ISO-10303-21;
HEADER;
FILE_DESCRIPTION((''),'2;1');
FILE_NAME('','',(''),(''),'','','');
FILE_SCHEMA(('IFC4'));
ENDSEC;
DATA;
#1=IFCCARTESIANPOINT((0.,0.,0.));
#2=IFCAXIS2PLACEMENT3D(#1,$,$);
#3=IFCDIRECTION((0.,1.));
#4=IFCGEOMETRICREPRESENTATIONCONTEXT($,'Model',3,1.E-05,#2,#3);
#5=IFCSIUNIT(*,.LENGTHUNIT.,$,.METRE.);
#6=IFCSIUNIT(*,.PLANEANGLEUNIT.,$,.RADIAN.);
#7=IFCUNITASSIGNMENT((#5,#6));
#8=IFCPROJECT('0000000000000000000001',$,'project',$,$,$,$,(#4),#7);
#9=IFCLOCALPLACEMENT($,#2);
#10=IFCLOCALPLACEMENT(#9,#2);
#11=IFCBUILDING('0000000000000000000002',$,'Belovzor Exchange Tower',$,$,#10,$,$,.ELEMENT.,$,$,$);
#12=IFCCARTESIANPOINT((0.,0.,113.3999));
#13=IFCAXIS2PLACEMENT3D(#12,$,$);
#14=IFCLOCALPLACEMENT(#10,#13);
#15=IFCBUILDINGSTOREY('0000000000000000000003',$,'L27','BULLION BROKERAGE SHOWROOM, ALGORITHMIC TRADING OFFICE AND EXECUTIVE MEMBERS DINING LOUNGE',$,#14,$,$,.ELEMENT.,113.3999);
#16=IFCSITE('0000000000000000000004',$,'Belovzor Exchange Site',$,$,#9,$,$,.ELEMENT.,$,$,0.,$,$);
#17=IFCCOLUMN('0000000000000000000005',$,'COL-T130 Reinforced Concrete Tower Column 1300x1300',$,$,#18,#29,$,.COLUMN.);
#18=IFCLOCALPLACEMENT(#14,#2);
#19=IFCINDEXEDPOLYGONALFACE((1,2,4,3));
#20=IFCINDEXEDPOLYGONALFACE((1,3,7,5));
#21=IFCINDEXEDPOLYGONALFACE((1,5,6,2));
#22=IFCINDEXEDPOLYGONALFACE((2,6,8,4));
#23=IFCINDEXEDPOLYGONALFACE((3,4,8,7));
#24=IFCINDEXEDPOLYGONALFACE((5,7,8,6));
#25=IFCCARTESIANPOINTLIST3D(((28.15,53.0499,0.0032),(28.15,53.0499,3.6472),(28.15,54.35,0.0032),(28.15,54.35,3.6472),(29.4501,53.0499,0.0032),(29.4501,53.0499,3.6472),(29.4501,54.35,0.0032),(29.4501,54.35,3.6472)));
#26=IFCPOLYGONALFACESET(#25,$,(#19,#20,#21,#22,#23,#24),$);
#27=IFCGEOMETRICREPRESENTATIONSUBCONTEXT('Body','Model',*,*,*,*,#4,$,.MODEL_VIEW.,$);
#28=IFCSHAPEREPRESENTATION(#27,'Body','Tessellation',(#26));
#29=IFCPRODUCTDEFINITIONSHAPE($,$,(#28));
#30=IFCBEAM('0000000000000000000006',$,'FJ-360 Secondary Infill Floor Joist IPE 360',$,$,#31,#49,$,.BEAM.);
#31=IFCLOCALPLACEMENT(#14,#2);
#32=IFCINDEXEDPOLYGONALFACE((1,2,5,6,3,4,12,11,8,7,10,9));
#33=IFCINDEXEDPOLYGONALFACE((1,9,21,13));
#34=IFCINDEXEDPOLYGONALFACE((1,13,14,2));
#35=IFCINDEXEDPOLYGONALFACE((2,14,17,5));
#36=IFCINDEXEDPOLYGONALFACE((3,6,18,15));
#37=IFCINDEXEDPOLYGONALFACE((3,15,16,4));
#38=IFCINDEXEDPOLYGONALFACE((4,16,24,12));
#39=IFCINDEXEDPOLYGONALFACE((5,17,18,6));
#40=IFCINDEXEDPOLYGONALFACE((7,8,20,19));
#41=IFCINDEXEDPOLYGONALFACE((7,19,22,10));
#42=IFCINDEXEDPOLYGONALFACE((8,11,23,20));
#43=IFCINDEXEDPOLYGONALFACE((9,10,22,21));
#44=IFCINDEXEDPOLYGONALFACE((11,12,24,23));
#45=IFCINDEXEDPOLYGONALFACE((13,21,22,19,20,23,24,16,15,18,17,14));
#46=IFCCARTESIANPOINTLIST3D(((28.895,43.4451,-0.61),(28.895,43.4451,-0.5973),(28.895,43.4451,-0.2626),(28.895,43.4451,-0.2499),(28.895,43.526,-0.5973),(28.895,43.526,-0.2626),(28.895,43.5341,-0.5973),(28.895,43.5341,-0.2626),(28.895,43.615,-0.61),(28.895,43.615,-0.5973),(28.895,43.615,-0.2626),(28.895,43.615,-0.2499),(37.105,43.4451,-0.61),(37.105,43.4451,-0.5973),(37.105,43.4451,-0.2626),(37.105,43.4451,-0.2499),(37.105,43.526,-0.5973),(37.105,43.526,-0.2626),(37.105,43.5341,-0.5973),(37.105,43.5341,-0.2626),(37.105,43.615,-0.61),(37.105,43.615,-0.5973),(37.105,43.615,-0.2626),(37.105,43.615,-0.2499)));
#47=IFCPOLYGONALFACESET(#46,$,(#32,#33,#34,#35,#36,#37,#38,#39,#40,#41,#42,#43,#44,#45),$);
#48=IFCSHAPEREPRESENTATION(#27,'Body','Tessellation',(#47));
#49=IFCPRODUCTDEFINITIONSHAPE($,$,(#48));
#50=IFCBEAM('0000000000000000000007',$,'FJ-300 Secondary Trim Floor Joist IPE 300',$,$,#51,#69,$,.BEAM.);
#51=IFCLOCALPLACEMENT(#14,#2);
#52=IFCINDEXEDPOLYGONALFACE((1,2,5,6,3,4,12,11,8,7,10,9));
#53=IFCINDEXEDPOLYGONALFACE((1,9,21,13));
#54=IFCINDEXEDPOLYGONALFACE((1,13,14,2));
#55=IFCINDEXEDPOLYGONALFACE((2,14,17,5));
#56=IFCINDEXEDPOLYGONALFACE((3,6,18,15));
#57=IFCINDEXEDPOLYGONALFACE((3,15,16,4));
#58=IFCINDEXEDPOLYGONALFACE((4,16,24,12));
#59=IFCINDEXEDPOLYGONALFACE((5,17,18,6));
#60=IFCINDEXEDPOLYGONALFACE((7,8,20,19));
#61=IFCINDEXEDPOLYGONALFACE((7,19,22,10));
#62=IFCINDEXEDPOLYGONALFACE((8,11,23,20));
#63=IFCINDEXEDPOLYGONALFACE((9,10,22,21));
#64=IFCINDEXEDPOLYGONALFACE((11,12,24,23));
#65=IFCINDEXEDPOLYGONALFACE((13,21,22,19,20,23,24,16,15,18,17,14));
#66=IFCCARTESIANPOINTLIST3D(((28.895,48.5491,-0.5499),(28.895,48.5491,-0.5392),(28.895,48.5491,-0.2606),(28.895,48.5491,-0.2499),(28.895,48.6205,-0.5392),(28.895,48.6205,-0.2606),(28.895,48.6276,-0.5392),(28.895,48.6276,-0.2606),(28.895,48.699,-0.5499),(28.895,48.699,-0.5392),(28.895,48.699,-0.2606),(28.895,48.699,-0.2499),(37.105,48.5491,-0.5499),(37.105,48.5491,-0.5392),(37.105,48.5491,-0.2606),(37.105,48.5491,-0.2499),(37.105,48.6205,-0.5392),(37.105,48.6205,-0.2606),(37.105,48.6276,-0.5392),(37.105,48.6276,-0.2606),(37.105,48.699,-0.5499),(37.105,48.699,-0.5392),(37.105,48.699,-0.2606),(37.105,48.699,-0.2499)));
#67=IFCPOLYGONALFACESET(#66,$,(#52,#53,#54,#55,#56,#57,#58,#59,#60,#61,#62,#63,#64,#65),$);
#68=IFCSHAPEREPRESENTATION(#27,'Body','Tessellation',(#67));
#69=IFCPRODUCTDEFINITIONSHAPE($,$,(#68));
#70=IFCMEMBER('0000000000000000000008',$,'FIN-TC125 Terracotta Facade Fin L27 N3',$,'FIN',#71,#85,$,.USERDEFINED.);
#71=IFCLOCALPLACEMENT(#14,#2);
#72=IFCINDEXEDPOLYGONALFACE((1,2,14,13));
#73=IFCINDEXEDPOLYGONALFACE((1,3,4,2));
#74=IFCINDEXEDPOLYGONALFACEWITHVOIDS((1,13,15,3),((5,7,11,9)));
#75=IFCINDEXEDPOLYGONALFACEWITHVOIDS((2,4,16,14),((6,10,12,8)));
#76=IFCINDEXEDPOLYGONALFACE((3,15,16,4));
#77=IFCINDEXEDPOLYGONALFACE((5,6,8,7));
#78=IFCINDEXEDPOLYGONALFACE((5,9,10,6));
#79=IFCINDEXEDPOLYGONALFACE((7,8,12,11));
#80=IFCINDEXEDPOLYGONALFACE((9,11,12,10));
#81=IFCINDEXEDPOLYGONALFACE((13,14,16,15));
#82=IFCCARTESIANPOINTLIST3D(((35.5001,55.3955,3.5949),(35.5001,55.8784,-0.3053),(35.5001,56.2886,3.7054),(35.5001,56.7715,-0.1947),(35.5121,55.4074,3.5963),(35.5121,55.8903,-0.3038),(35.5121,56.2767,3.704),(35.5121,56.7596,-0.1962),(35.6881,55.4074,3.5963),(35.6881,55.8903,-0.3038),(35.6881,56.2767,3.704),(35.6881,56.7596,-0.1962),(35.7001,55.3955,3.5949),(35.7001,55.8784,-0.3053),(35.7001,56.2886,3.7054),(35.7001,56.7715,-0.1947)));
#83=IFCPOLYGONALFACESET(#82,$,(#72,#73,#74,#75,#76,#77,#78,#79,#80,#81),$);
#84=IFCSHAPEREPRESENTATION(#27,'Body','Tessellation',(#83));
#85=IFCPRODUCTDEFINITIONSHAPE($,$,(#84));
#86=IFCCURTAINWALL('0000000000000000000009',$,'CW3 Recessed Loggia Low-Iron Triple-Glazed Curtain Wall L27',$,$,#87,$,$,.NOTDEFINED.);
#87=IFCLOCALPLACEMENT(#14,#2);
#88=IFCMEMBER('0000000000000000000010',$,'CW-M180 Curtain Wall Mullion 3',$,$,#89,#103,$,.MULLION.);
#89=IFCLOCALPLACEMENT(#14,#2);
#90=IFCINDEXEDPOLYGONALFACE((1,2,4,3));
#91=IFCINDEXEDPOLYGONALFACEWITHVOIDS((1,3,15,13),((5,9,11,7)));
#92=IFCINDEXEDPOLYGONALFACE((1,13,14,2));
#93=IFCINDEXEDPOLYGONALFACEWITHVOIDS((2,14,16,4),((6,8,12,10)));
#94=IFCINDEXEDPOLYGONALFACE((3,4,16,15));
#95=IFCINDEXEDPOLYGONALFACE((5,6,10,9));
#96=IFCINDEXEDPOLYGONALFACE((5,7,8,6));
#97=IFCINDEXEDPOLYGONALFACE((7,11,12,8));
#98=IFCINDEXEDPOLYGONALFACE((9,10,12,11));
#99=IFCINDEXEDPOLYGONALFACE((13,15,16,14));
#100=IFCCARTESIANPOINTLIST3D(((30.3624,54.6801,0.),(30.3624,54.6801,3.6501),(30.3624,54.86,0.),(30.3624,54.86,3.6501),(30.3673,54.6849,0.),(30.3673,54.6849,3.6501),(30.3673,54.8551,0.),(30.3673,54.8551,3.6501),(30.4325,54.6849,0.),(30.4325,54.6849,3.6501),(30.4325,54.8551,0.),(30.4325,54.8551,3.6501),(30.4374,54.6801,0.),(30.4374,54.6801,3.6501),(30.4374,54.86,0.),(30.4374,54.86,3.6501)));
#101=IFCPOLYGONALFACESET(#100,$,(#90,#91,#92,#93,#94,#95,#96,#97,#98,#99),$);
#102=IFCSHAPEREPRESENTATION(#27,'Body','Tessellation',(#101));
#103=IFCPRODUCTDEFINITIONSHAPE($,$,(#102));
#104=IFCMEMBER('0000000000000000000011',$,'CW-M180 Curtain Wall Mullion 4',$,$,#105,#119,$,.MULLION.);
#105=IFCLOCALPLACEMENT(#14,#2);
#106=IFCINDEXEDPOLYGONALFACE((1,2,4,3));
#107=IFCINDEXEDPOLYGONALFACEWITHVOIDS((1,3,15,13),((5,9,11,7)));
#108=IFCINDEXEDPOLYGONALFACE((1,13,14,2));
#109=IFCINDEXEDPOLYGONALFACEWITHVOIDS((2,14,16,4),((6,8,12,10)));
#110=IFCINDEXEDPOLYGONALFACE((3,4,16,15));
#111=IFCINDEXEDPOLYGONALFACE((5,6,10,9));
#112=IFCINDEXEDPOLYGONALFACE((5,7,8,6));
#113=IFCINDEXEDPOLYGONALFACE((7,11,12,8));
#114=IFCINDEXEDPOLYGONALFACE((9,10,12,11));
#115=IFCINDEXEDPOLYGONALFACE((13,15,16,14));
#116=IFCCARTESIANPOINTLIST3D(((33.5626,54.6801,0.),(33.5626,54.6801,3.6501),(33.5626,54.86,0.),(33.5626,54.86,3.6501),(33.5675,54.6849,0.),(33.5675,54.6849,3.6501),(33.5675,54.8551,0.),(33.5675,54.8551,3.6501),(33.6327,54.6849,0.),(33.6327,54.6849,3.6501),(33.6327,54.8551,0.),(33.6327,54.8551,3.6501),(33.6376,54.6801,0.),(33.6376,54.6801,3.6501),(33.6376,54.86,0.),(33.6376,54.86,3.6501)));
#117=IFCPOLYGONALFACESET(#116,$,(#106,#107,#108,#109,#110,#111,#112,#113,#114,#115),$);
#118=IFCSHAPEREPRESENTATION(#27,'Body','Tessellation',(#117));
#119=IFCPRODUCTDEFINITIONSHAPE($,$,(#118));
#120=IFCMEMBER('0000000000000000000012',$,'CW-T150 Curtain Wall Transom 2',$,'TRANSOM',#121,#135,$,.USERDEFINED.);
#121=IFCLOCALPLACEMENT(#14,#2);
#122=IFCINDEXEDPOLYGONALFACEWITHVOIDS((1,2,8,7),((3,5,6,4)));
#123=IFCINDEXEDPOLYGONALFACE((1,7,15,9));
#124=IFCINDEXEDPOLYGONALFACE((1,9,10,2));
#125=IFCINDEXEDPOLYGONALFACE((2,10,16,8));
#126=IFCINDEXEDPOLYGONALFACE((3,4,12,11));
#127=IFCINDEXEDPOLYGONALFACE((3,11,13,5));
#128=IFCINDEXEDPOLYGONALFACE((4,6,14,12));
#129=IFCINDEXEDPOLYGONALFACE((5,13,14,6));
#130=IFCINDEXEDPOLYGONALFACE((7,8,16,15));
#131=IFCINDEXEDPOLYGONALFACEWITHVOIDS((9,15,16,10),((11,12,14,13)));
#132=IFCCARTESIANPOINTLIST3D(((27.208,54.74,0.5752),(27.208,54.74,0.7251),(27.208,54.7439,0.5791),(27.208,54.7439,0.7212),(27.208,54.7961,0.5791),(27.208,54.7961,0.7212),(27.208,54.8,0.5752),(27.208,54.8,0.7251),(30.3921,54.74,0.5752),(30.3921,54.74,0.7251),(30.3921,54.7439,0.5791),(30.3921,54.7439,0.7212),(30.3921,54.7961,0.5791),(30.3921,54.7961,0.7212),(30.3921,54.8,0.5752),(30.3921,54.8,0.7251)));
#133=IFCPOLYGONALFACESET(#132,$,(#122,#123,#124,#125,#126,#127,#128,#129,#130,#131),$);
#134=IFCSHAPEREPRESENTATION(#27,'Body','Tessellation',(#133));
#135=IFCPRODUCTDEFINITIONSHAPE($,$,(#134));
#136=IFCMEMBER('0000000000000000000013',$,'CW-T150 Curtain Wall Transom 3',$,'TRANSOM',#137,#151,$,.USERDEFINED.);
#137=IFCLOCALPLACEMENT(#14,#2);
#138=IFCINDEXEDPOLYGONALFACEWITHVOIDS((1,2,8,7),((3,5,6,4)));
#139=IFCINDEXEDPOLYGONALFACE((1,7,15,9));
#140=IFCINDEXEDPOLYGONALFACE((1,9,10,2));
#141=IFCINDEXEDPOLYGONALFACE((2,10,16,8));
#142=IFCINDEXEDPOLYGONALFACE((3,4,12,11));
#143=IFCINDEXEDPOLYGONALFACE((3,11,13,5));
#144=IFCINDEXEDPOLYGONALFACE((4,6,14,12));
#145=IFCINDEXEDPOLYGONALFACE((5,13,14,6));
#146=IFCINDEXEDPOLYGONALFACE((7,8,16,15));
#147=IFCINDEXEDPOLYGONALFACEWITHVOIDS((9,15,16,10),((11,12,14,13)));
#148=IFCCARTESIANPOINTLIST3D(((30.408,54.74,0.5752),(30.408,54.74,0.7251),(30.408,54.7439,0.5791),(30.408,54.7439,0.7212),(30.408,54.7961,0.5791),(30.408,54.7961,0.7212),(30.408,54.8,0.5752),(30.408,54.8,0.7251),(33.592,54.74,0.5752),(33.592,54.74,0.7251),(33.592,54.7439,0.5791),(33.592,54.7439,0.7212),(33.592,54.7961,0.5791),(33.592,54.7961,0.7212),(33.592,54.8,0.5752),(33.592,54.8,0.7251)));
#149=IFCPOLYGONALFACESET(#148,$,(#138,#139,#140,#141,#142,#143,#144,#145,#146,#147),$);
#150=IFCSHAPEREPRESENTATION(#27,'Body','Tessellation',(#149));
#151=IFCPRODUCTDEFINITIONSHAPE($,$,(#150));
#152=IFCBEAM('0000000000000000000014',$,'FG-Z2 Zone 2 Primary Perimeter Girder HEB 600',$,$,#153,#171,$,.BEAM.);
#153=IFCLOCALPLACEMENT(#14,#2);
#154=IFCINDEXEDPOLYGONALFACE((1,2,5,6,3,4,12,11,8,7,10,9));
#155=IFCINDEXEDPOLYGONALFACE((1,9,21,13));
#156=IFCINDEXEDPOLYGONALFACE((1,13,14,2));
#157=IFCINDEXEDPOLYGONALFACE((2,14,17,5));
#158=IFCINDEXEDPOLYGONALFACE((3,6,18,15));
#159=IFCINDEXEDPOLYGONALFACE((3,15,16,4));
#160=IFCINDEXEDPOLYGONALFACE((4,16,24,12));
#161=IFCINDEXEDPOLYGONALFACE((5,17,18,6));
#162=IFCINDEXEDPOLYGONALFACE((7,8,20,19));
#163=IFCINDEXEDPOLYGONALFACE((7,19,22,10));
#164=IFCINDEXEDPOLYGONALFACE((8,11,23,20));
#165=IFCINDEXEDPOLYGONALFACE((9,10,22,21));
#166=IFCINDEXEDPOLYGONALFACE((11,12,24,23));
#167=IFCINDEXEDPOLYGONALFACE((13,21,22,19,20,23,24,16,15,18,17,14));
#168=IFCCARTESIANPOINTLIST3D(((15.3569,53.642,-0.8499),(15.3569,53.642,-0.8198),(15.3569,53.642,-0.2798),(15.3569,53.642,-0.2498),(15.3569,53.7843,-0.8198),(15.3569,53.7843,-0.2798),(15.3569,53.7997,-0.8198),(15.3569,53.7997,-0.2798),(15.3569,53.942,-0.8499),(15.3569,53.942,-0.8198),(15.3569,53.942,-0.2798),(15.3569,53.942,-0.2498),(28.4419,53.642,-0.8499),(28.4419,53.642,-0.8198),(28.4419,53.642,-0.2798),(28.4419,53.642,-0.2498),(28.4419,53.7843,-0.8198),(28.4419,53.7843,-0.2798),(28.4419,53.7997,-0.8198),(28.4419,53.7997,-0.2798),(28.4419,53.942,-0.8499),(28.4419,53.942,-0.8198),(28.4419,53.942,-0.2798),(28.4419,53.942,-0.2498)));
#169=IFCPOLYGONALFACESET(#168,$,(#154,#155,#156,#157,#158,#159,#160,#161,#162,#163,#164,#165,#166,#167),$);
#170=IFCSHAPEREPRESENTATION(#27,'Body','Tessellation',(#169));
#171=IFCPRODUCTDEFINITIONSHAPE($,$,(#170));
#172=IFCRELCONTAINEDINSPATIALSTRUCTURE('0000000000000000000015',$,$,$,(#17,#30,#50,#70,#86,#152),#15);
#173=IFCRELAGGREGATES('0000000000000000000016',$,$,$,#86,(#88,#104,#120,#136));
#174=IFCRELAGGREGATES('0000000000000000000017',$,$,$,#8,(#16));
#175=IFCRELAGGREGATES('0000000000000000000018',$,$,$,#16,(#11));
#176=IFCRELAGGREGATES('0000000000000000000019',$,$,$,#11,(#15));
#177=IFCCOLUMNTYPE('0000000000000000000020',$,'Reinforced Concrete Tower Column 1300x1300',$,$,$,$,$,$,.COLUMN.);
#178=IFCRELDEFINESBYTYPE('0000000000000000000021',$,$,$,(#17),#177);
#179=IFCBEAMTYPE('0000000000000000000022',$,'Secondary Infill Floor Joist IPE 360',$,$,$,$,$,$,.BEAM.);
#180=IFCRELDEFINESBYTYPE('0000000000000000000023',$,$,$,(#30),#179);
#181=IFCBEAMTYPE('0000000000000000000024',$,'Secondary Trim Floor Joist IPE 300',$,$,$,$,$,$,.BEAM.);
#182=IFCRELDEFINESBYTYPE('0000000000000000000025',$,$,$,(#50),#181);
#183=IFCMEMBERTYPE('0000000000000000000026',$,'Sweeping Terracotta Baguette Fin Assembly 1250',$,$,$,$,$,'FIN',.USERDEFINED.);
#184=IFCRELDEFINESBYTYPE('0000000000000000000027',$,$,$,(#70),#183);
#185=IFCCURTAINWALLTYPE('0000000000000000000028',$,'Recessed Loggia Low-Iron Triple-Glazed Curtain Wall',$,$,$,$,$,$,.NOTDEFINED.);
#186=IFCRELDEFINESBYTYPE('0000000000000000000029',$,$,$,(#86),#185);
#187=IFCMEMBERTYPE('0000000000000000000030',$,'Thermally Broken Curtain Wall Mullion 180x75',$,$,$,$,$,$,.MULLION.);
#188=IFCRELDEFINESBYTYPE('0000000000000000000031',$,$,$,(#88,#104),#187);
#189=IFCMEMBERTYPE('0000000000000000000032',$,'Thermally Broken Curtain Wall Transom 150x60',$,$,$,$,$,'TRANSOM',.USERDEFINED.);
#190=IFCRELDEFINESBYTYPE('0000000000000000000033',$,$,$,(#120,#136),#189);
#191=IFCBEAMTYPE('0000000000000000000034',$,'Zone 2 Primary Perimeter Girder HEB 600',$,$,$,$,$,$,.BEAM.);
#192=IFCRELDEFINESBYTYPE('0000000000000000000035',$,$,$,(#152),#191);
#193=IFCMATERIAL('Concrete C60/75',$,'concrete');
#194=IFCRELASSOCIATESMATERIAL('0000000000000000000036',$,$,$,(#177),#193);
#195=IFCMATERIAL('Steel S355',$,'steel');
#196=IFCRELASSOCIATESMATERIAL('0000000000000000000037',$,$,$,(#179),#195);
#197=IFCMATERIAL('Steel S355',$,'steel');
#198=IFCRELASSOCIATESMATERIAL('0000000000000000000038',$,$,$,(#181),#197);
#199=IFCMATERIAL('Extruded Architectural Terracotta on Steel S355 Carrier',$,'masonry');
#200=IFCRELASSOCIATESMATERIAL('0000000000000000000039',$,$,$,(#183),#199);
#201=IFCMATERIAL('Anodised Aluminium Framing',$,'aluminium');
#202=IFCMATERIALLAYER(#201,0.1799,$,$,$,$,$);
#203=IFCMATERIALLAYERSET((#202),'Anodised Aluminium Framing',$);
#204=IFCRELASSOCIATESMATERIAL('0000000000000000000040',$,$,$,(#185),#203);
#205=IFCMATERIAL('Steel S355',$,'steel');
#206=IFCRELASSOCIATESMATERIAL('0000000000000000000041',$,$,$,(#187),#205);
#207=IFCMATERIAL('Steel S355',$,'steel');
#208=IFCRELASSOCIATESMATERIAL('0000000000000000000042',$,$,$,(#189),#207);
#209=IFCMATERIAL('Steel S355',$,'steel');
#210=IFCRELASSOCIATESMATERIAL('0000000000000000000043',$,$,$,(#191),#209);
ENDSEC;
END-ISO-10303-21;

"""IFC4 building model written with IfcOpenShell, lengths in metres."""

from ifc_helpers import new_model, si_unit, direction, frame, origin, origin_2d, place, context, subcontext, project, spatial, rectangle, hollow_rectangle, i_section, extrude, material, layer, layer_set, material_profile, profile_set, type_object, element, aggregate, save


model = new_model("IFC4")

# Units and contexts
model_context = context("Model", 3, precision=1e-05, world=origin(), true_north=direction((0.0, 1.0)))
body_context = subcontext(model_context, "Body", "Model", "MODEL_VIEW")
ifc_project = project(units=[si_unit("LENGTHUNIT", "METRE"), si_unit("PLANEANGLEUNIT", "RADIAN")], contexts=[model_context])

# Site, building, storey
site_placement = place(None, origin())
site = spatial("IfcSite", under=ifc_project, at=site_placement, Name="Belovzor Exchange Site", CompositionType="ELEMENT", RefElevation=0.0)
building_placement = place(site_placement, origin())
building = spatial("IfcBuilding", under=site, at=building_placement, Name="Belovzor Exchange Tower", CompositionType="ELEMENT")
storey_placement = place(building_placement, frame((0.0, 0.0, 113.3999)))
storey = spatial("IfcBuildingStorey", under=building, at=storey_placement, Name="L27", Description="BULLION BROKERAGE SHOWROOM, ALGORITHMIC TRADING OFFICE AND EXECUTIVE MEMBERS DINING LOUNGE", CompositionType="ELEMENT", Elevation=113.3999)

# Column
ifc_material_1 = material(Name="Concrete C60/75", Category="concrete")
ifc_material_profile_1 = material_profile(ifc_material_1, rectangle(XDim=1.3, YDim=1.3, at=origin_2d()))
ifc_profile_set_1 = profile_set([ifc_material_profile_1], Name="Concrete C60/75")
column_type = type_object("IfcColumnType", Name="Reinforced Concrete Tower Column 1300x1300", PredefinedType="COLUMN", material=ifc_profile_set_1)
column_placement = place(storey_placement, frame((28.8, 53.7, 0.0032), z_axis=(0.0, 0.0, 1.0), x_axis=(1.0, 0.0, 0.0)))
element("IfcColumn", 1, at=column_placement, inside=storey, type_object=column_type, Name="COL-T130 Reinforced Concrete Tower Column 1300x1300", PredefinedType="COLUMN", context=body_context, shape_type="SweptSolid", body=[
    extrude(rectangle(XDim=1.3, YDim=1.3, at=origin_2d()), origin(), (0.0, 0.0, 1.0), 3.644),
])

# Beams
ifc_material_2 = material(Name="Steel S355", Category="steel")
ifc_material_profile_2 = material_profile(ifc_material_2, i_section(OverallWidth=0.1699, OverallDepth=0.3601, WebThickness=0.0081, FlangeThickness=0.0127, at=origin_2d()))
ifc_profile_set_2 = profile_set([ifc_material_profile_2], Name="Steel S355")
beam_type_1 = type_object("IfcBeamType", Name="Secondary Infill Floor Joist IPE 360", PredefinedType="BEAM", material=ifc_profile_set_2)
beam_1_placement = place(storey_placement, frame((28.895, 43.53, -0.4299), z_axis=(1.0, 0.0, 0.0), x_axis=(0.0, 1.0, 0.0)))
element("IfcBeam", 2, at=beam_1_placement, inside=storey, type_object=beam_type_1, Name="FJ-360 Secondary Infill Floor Joist IPE 360", PredefinedType="BEAM", context=body_context, shape_type="SweptSolid", body=[
    extrude(i_section(OverallWidth=0.1699, OverallDepth=0.3601, WebThickness=0.0081, FlangeThickness=0.0127, at=origin_2d()), origin(), (0.0, 0.0, 1.0), 8.21),
])
ifc_material_3 = material(Name="Steel S355", Category="steel")
ifc_material_profile_3 = material_profile(ifc_material_3, i_section(OverallWidth=0.1499, OverallDepth=0.3, WebThickness=0.0071, FlangeThickness=0.0107, at=origin_2d()))
ifc_profile_set_3 = profile_set([ifc_material_profile_3], Name="Steel S355")
beam_type_2 = type_object("IfcBeamType", Name="Secondary Trim Floor Joist IPE 300", PredefinedType="BEAM", material=ifc_profile_set_3)
beam_2_placement = place(storey_placement, frame((28.895, 48.624, -0.3999), z_axis=(1.0, 0.0, 0.0), x_axis=(0.0, 1.0, 0.0)))
element("IfcBeam", 3, at=beam_2_placement, inside=storey, type_object=beam_type_2, Name="FJ-300 Secondary Trim Floor Joist IPE 300", PredefinedType="BEAM", context=body_context, shape_type="SweptSolid", body=[
    extrude(i_section(OverallWidth=0.1499, OverallDepth=0.3, WebThickness=0.0071, FlangeThickness=0.0107, at=origin_2d()), origin(), (0.0, 0.0, 1.0), 8.21),
])

# Member
ifc_material_4 = material(Name="Extruded Architectural Terracotta on Steel S355 Carrier", Category="masonry")
ifc_material_profile_4 = material_profile(ifc_material_4, hollow_rectangle(XDim=0.2, YDim=0.8999, WallThickness=0.012, at=origin_2d()))
ifc_profile_set_4 = profile_set([ifc_material_profile_4], Name="Extruded Architectural Terracotta on Steel S355 Carrier")
member_type_1 = type_object("IfcMemberType", Name="Sweeping Terracotta Baguette Fin Assembly 1250", ElementType="FIN", PredefinedType="USERDEFINED", material=ifc_profile_set_4)
member_1_placement = place(storey_placement, frame((35.6001, 56.325, -0.25), z_axis=(0.0, -0.12288, 0.992422), x_axis=(1.0, 0.0, 0.0)))
element("IfcMember", 4, at=member_1_placement, inside=storey, type_object=member_type_1, Name="FIN-TC125 Terracotta Facade Fin L27 N3", ObjectType="FIN", PredefinedType="USERDEFINED", context=body_context, shape_type="SweptSolid", body=[
    extrude(hollow_rectangle(XDim=0.2, YDim=0.8999, WallThickness=0.012, at=origin_2d()), origin(), (0.0, 0.0, 1.0), 3.9299),
])

# Curtain wall, members
ifc_material_5 = material(Name="Anodised Aluminium Framing", Category="aluminium")
ifc_layer_1 = layer(ifc_material_5, 0.1799)
ifc_layer_set_1 = layer_set([ifc_layer_1], Name="Anodised Aluminium Framing")
curtain_wall_type = type_object("IfcCurtainWallType", Name="Recessed Loggia Low-Iron Triple-Glazed Curtain Wall", PredefinedType="NOTDEFINED", material=ifc_layer_set_1)
curtain_wall_placement = place(storey_placement, origin())
curtain_wall = element("IfcCurtainWall", 5, at=curtain_wall_placement, inside=storey, type_object=curtain_wall_type, Name="CW3 Recessed Loggia Low-Iron Triple-Glazed Curtain Wall L27", PredefinedType="NOTDEFINED")
ifc_material_6 = material(Name="Steel S355", Category="steel")
ifc_material_profile_5 = material_profile(ifc_material_6, hollow_rectangle(XDim=0.075, YDim=0.1799, WallThickness=0.0049, at=origin_2d()))
ifc_profile_set_5 = profile_set([ifc_material_profile_5], Name="Steel S355")
member_type_2 = type_object("IfcMemberType", Name="Thermally Broken Curtain Wall Mullion 180x75", PredefinedType="MULLION", material=ifc_profile_set_5)
member_2_placement = place(storey_placement, frame((30.3999, 54.77, 0.0), z_axis=(0.0, 0.0, 1.0), x_axis=(1.0, 0.0, 0.0)))
member_2 = element("IfcMember", 6, at=member_2_placement, type_object=member_type_2, Name="CW-M180 Curtain Wall Mullion 3", PredefinedType="MULLION", context=body_context, shape_type="SweptSolid", body=[
    extrude(hollow_rectangle(XDim=0.075, YDim=0.1799, WallThickness=0.0049, at=origin_2d()), origin(), (0.0, 0.0, 1.0), 3.6501),
])
member_3_placement = place(storey_placement, frame((33.6001, 54.77, 0.0), z_axis=(0.0, 0.0, 1.0), x_axis=(1.0, 0.0, 0.0)))
member_3 = element("IfcMember", 7, at=member_3_placement, type_object=member_type_2, Name="CW-M180 Curtain Wall Mullion 4", PredefinedType="MULLION", context=body_context, shape_type="SweptSolid", body=[
    extrude(hollow_rectangle(XDim=0.075, YDim=0.1799, WallThickness=0.0049, at=origin_2d()), origin(), (0.0, 0.0, 1.0), 3.6501),
])
ifc_material_7 = material(Name="Steel S355", Category="steel")
ifc_material_profile_6 = material_profile(ifc_material_7, hollow_rectangle(XDim=0.0601, YDim=0.1499, WallThickness=0.0039, at=origin_2d()))
ifc_profile_set_6 = profile_set([ifc_material_profile_6], Name="Steel S355")
member_type_3 = type_object("IfcMemberType", Name="Thermally Broken Curtain Wall Transom 150x60", ElementType="TRANSOM", PredefinedType="USERDEFINED", material=ifc_profile_set_6)
member_4_placement = place(storey_placement, frame((27.208, 54.77, 0.6501), z_axis=(1.0, 0.0, 0.0), x_axis=(0.0, 1.0, 0.0)))
member_4 = element("IfcMember", 8, at=member_4_placement, type_object=member_type_3, Name="CW-T150 Curtain Wall Transom 2", ObjectType="TRANSOM", PredefinedType="USERDEFINED", context=body_context, shape_type="SweptSolid", body=[
    extrude(hollow_rectangle(XDim=0.0601, YDim=0.1499, WallThickness=0.0039, at=origin_2d()), origin(), (0.0, 0.0, 1.0), 3.1841),
])
member_5_placement = place(storey_placement, frame((30.408, 54.77, 0.6501), z_axis=(1.0, 0.0, 0.0), x_axis=(0.0, 1.0, 0.0)))
member_5 = element("IfcMember", 9, at=member_5_placement, type_object=member_type_3, Name="CW-T150 Curtain Wall Transom 3", ObjectType="TRANSOM", PredefinedType="USERDEFINED", context=body_context, shape_type="SweptSolid", body=[
    extrude(hollow_rectangle(XDim=0.0601, YDim=0.1499, WallThickness=0.0039, at=origin_2d()), origin(), (0.0, 0.0, 1.0), 3.1841),
])

# Beam
ifc_material_8 = material(Name="Steel S355", Category="steel")
ifc_material_profile_7 = material_profile(ifc_material_8, i_section(OverallWidth=0.3, OverallDepth=0.6001, WebThickness=0.0154, FlangeThickness=0.03, at=origin_2d()))
ifc_profile_set_7 = profile_set([ifc_material_profile_7], Name="Steel S355")
beam_type_3 = type_object("IfcBeamType", Name="Zone 2 Primary Perimeter Girder HEB 600", PredefinedType="BEAM", material=ifc_profile_set_7)
beam_3_placement = place(storey_placement, frame((28.4419, 53.792, -0.5498), z_axis=(-1.0, 0.0, 0.0), x_axis=(0.0, -1.0, 0.0)))
element("IfcBeam", 10, at=beam_3_placement, inside=storey, type_object=beam_type_3, Name="FG-Z2 Zone 2 Primary Perimeter Girder HEB 600", PredefinedType="BEAM", context=body_context, shape_type="SweptSolid", body=[
    extrude(i_section(OverallWidth=0.3, OverallDepth=0.6001, WebThickness=0.0154, FlangeThickness=0.03, at=origin_2d()), origin(), (0.0, 0.0, 1.0), 13.085),
])

aggregate(curtain_wall, [member_2, member_3, member_4, member_5])

save(model, "model.ifc")
